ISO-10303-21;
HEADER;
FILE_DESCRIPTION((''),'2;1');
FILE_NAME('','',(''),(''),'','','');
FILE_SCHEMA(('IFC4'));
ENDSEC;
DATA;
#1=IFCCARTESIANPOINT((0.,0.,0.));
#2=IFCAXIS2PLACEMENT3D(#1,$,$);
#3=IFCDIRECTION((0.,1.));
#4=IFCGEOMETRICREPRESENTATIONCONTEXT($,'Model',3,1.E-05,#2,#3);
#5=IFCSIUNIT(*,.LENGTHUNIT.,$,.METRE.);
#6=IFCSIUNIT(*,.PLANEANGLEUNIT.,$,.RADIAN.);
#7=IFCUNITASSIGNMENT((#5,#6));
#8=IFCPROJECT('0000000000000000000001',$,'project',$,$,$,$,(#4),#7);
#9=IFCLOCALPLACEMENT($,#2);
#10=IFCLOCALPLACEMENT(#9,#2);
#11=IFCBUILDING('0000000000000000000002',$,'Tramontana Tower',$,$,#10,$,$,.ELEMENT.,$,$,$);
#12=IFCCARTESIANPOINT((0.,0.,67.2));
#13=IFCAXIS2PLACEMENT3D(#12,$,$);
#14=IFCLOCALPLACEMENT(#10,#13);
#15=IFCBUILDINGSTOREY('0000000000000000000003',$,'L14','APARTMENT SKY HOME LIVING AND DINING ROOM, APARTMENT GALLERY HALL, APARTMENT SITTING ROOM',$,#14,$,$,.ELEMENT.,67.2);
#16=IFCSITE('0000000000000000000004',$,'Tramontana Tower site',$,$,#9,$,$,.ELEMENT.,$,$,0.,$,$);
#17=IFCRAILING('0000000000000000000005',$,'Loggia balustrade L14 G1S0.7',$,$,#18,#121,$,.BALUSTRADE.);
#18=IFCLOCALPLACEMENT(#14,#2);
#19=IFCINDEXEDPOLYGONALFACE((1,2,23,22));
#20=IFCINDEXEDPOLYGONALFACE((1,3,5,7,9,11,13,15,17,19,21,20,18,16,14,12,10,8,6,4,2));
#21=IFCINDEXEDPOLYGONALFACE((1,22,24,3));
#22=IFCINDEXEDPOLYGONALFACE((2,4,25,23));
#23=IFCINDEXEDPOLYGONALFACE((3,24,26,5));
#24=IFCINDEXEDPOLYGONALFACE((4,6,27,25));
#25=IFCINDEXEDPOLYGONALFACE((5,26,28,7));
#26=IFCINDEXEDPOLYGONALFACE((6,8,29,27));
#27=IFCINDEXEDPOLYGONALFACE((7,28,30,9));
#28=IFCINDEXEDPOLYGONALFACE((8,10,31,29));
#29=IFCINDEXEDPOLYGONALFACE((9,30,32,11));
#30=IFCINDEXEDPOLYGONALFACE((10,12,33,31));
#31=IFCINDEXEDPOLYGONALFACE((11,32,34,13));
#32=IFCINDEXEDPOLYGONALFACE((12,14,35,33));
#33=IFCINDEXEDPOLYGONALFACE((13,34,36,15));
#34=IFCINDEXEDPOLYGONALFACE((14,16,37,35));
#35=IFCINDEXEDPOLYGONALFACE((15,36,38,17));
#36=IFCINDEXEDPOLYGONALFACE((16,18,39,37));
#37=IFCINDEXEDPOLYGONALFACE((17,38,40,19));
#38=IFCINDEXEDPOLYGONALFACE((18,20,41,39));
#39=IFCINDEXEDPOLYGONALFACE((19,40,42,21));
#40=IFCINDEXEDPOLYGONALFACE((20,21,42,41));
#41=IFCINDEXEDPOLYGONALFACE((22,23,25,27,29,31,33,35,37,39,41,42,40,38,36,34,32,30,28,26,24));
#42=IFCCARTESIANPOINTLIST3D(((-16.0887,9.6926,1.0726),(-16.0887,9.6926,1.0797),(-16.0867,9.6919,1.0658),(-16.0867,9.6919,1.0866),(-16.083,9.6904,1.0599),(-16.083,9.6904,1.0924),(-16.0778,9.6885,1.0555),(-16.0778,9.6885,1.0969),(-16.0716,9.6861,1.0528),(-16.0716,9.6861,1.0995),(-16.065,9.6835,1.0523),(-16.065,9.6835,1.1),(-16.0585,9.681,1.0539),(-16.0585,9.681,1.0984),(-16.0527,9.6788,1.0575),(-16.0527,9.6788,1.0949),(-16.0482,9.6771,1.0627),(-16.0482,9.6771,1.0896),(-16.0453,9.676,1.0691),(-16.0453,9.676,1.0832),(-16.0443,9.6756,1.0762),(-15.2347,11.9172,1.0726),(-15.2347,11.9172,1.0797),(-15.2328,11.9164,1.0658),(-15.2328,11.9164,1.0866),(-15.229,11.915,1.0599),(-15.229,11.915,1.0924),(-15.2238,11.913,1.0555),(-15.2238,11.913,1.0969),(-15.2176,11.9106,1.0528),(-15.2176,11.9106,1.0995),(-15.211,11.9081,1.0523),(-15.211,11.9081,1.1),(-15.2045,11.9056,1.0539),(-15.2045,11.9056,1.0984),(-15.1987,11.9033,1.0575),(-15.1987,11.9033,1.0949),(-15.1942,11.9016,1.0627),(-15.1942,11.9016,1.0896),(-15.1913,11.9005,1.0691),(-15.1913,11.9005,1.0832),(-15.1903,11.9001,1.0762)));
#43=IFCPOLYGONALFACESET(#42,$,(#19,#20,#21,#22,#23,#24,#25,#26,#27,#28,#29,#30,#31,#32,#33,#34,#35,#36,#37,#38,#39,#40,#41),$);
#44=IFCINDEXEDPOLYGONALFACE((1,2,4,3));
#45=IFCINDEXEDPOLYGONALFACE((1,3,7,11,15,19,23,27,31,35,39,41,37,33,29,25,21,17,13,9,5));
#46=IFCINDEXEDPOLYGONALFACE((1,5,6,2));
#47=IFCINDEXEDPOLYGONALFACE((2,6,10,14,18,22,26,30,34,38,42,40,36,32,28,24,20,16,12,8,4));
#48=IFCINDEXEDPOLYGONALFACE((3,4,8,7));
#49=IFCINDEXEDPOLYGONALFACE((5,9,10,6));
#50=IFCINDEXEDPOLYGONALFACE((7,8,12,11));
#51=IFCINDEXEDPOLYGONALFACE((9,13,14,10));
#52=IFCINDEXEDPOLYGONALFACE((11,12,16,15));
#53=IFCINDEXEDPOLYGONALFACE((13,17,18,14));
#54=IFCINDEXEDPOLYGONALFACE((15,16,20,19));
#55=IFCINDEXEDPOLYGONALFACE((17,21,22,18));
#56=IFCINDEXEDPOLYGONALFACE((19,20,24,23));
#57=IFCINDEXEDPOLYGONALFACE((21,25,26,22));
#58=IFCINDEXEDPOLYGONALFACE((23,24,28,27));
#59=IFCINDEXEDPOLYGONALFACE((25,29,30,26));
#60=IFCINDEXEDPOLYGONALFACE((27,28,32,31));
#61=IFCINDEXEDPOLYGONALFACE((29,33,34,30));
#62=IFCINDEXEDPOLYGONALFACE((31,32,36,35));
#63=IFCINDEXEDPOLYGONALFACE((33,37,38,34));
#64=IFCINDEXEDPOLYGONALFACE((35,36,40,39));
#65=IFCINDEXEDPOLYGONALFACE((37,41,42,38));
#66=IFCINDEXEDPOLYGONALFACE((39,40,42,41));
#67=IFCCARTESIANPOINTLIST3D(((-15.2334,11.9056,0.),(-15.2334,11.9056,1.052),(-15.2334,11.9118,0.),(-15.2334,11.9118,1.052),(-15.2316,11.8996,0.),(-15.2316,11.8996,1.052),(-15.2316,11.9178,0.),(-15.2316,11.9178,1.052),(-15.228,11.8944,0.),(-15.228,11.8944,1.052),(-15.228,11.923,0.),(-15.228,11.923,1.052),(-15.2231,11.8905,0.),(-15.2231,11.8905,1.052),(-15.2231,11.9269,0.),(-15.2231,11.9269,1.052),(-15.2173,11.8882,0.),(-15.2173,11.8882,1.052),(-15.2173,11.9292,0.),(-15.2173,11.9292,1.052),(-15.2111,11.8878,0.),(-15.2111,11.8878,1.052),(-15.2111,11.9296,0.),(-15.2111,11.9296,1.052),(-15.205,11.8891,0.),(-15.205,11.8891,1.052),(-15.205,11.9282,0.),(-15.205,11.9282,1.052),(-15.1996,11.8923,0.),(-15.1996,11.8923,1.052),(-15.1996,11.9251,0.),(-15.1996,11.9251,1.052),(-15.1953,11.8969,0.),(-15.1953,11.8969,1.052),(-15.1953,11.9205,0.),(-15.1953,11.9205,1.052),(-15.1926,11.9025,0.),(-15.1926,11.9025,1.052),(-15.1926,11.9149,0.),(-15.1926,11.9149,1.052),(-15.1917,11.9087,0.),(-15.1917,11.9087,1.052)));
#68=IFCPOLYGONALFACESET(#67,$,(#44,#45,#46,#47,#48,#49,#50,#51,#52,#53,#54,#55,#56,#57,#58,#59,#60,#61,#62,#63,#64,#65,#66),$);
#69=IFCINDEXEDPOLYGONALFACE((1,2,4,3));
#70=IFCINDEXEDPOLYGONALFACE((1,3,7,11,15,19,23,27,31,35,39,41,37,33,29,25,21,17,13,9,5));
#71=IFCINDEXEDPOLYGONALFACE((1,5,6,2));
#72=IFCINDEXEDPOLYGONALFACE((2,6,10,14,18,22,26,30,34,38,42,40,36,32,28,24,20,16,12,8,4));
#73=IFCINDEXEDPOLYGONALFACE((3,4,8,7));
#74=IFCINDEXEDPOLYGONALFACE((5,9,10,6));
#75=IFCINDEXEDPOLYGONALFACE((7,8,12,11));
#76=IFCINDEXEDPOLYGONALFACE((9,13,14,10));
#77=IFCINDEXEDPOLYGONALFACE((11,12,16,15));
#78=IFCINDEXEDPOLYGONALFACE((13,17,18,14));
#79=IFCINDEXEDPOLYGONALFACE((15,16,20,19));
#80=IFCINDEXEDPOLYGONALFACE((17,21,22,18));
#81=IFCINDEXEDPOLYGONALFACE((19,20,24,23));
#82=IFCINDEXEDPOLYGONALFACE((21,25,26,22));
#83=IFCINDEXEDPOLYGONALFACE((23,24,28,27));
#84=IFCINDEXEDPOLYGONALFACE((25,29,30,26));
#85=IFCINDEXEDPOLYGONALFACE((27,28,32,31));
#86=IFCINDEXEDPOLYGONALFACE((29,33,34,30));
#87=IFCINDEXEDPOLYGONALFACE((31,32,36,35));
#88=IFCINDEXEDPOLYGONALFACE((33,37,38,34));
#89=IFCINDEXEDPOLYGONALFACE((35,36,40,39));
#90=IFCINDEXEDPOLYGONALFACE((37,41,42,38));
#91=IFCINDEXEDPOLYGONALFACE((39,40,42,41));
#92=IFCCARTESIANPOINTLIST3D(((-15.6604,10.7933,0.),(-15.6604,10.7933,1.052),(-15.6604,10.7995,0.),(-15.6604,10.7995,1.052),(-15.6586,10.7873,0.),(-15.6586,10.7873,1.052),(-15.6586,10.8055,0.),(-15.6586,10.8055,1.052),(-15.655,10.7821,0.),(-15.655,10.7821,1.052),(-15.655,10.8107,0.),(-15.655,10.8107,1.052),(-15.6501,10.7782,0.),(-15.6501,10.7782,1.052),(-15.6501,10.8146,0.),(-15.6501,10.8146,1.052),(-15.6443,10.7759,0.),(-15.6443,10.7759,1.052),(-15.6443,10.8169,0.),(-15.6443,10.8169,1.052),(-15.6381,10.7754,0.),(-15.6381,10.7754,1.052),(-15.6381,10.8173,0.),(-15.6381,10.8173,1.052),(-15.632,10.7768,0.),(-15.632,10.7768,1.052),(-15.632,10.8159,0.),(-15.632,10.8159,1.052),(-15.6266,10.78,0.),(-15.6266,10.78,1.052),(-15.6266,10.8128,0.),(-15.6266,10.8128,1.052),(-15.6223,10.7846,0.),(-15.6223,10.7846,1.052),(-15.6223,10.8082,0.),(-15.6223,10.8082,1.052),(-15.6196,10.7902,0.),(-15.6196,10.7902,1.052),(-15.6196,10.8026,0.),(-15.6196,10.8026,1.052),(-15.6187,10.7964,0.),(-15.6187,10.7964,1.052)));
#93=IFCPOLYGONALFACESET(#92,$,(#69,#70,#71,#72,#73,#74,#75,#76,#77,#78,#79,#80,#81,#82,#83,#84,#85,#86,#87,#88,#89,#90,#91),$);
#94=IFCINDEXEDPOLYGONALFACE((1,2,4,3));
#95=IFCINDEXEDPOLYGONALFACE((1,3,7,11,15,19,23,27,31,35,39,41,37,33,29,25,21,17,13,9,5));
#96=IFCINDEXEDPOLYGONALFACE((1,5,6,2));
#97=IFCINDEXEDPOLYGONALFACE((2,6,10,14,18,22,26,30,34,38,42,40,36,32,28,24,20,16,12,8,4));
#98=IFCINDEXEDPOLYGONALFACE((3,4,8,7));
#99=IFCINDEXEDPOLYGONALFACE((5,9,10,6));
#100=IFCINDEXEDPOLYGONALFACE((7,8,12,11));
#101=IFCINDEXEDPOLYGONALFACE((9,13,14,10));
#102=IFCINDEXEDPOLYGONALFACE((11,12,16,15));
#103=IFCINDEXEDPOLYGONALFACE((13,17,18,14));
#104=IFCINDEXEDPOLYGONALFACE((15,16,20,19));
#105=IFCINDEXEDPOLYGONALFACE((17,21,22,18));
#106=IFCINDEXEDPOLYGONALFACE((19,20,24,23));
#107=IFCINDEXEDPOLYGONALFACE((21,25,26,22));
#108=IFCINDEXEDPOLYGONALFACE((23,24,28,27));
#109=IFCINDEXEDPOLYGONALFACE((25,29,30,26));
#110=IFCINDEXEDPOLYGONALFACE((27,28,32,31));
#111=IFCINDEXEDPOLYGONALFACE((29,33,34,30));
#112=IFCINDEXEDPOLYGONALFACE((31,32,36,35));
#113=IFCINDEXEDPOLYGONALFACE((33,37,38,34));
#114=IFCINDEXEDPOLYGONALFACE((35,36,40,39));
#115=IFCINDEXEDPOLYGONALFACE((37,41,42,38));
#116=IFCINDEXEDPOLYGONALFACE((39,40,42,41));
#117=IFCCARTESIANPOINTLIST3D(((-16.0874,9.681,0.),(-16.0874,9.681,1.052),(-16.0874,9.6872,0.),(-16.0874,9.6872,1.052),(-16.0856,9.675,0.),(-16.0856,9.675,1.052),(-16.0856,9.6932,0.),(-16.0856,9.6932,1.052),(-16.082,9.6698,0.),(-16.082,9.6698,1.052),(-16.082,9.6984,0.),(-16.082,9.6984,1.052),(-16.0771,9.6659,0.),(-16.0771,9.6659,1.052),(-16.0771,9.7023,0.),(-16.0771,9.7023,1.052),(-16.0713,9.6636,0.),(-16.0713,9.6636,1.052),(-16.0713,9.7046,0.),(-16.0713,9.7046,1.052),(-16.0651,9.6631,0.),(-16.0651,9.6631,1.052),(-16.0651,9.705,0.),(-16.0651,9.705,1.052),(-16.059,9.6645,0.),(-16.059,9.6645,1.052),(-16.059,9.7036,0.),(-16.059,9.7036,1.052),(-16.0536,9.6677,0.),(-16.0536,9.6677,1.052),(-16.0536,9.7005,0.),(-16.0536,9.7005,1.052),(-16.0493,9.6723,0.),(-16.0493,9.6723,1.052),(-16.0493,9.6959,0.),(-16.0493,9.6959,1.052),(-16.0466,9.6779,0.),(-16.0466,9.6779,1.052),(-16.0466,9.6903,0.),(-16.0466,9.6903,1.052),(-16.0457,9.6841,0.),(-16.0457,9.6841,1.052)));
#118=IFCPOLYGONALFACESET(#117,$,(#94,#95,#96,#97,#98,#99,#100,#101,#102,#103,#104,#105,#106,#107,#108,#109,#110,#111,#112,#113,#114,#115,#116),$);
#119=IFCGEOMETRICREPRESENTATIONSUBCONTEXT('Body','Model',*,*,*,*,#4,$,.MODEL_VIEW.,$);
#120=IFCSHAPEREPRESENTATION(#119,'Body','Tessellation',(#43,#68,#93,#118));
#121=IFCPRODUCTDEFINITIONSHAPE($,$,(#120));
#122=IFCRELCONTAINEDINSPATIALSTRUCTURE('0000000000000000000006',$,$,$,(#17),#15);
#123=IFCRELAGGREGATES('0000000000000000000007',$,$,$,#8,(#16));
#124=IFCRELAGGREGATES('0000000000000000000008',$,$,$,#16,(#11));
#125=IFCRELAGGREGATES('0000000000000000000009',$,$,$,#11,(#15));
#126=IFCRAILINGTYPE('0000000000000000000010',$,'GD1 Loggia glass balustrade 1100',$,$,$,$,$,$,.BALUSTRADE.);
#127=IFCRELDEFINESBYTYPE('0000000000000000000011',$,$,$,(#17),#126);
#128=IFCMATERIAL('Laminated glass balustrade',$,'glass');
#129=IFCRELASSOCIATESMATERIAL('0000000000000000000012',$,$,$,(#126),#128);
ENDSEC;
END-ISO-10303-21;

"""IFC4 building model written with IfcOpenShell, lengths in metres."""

from ifc_helpers import new_model, si_unit, direction, frame, origin, origin_2d, place, context, subcontext, project, spatial, circle, extrude, material, type_object, element, save


model = new_model("IFC4")

# Units and contexts
model_context = context("Model", 3, precision=1e-05, world=origin(), true_north=direction((0.0, 1.0)))
body_context = subcontext(model_context, "Body", "Model", "MODEL_VIEW")
ifc_project = project(units=[si_unit("LENGTHUNIT", "METRE"), si_unit("PLANEANGLEUNIT", "RADIAN")], contexts=[model_context])

# Site, building, storey
site_placement = place(None, origin())
site = spatial("IfcSite", under=ifc_project, at=site_placement, Name="Tramontana Tower site", CompositionType="ELEMENT", RefElevation=0.0)
building_placement = place(site_placement, origin())
building = spatial("IfcBuilding", under=site, at=building_placement, Name="Tramontana Tower", CompositionType="ELEMENT")
storey_placement = place(building_placement, frame((0.0, 0.0, 67.2)))
storey = spatial("IfcBuildingStorey", under=building, at=storey_placement, Name="L14", Description="APARTMENT SKY HOME LIVING AND DINING ROOM, APARTMENT GALLERY HALL, APARTMENT SITTING ROOM", CompositionType="ELEMENT", Elevation=67.2)

# Railing
ifc_material_1 = material(Name="Laminated glass balustrade", Category="glass")
railing_type = type_object("IfcRailingType", Name="GD1 Loggia glass balustrade 1100", PredefinedType="BALUSTRADE", material=ifc_material_1)
railing_placement = place(storey_placement, frame((-15.2126, 11.9087, 0.0)))
element("IfcRailing", 1, at=railing_placement, inside=storey, type_object=railing_type, Name="Loggia balustrade L14 G1S0.7", PredefinedType="BALUSTRADE", context=body_context, shape_type="SweptSolid", body=[
    extrude(circle(Radius=0.0239, at=origin_2d()), frame((0.0, 0.0, 1.0762), z_axis=(-0.358389, -0.933573, 0.0), x_axis=(0.933573, -0.358389, 0.0)), (0.0, 0.0, 1.0), 2.3828),
    extrude(circle(Radius=0.021, at=origin_2d()), origin(), (0.0, 0.0, 1.0), 1.052),
    extrude(circle(Radius=0.021, at=origin_2d()), frame((-0.427, -1.1123, 0.0)), (0.0, 0.0, 1.0), 1.052),
    extrude(circle(Radius=0.021, at=origin_2d()), frame((-0.854, -2.2246, 0.0)), (0.0, 0.0, 1.0), 1.052),
])

save(model, "model.ifc")
